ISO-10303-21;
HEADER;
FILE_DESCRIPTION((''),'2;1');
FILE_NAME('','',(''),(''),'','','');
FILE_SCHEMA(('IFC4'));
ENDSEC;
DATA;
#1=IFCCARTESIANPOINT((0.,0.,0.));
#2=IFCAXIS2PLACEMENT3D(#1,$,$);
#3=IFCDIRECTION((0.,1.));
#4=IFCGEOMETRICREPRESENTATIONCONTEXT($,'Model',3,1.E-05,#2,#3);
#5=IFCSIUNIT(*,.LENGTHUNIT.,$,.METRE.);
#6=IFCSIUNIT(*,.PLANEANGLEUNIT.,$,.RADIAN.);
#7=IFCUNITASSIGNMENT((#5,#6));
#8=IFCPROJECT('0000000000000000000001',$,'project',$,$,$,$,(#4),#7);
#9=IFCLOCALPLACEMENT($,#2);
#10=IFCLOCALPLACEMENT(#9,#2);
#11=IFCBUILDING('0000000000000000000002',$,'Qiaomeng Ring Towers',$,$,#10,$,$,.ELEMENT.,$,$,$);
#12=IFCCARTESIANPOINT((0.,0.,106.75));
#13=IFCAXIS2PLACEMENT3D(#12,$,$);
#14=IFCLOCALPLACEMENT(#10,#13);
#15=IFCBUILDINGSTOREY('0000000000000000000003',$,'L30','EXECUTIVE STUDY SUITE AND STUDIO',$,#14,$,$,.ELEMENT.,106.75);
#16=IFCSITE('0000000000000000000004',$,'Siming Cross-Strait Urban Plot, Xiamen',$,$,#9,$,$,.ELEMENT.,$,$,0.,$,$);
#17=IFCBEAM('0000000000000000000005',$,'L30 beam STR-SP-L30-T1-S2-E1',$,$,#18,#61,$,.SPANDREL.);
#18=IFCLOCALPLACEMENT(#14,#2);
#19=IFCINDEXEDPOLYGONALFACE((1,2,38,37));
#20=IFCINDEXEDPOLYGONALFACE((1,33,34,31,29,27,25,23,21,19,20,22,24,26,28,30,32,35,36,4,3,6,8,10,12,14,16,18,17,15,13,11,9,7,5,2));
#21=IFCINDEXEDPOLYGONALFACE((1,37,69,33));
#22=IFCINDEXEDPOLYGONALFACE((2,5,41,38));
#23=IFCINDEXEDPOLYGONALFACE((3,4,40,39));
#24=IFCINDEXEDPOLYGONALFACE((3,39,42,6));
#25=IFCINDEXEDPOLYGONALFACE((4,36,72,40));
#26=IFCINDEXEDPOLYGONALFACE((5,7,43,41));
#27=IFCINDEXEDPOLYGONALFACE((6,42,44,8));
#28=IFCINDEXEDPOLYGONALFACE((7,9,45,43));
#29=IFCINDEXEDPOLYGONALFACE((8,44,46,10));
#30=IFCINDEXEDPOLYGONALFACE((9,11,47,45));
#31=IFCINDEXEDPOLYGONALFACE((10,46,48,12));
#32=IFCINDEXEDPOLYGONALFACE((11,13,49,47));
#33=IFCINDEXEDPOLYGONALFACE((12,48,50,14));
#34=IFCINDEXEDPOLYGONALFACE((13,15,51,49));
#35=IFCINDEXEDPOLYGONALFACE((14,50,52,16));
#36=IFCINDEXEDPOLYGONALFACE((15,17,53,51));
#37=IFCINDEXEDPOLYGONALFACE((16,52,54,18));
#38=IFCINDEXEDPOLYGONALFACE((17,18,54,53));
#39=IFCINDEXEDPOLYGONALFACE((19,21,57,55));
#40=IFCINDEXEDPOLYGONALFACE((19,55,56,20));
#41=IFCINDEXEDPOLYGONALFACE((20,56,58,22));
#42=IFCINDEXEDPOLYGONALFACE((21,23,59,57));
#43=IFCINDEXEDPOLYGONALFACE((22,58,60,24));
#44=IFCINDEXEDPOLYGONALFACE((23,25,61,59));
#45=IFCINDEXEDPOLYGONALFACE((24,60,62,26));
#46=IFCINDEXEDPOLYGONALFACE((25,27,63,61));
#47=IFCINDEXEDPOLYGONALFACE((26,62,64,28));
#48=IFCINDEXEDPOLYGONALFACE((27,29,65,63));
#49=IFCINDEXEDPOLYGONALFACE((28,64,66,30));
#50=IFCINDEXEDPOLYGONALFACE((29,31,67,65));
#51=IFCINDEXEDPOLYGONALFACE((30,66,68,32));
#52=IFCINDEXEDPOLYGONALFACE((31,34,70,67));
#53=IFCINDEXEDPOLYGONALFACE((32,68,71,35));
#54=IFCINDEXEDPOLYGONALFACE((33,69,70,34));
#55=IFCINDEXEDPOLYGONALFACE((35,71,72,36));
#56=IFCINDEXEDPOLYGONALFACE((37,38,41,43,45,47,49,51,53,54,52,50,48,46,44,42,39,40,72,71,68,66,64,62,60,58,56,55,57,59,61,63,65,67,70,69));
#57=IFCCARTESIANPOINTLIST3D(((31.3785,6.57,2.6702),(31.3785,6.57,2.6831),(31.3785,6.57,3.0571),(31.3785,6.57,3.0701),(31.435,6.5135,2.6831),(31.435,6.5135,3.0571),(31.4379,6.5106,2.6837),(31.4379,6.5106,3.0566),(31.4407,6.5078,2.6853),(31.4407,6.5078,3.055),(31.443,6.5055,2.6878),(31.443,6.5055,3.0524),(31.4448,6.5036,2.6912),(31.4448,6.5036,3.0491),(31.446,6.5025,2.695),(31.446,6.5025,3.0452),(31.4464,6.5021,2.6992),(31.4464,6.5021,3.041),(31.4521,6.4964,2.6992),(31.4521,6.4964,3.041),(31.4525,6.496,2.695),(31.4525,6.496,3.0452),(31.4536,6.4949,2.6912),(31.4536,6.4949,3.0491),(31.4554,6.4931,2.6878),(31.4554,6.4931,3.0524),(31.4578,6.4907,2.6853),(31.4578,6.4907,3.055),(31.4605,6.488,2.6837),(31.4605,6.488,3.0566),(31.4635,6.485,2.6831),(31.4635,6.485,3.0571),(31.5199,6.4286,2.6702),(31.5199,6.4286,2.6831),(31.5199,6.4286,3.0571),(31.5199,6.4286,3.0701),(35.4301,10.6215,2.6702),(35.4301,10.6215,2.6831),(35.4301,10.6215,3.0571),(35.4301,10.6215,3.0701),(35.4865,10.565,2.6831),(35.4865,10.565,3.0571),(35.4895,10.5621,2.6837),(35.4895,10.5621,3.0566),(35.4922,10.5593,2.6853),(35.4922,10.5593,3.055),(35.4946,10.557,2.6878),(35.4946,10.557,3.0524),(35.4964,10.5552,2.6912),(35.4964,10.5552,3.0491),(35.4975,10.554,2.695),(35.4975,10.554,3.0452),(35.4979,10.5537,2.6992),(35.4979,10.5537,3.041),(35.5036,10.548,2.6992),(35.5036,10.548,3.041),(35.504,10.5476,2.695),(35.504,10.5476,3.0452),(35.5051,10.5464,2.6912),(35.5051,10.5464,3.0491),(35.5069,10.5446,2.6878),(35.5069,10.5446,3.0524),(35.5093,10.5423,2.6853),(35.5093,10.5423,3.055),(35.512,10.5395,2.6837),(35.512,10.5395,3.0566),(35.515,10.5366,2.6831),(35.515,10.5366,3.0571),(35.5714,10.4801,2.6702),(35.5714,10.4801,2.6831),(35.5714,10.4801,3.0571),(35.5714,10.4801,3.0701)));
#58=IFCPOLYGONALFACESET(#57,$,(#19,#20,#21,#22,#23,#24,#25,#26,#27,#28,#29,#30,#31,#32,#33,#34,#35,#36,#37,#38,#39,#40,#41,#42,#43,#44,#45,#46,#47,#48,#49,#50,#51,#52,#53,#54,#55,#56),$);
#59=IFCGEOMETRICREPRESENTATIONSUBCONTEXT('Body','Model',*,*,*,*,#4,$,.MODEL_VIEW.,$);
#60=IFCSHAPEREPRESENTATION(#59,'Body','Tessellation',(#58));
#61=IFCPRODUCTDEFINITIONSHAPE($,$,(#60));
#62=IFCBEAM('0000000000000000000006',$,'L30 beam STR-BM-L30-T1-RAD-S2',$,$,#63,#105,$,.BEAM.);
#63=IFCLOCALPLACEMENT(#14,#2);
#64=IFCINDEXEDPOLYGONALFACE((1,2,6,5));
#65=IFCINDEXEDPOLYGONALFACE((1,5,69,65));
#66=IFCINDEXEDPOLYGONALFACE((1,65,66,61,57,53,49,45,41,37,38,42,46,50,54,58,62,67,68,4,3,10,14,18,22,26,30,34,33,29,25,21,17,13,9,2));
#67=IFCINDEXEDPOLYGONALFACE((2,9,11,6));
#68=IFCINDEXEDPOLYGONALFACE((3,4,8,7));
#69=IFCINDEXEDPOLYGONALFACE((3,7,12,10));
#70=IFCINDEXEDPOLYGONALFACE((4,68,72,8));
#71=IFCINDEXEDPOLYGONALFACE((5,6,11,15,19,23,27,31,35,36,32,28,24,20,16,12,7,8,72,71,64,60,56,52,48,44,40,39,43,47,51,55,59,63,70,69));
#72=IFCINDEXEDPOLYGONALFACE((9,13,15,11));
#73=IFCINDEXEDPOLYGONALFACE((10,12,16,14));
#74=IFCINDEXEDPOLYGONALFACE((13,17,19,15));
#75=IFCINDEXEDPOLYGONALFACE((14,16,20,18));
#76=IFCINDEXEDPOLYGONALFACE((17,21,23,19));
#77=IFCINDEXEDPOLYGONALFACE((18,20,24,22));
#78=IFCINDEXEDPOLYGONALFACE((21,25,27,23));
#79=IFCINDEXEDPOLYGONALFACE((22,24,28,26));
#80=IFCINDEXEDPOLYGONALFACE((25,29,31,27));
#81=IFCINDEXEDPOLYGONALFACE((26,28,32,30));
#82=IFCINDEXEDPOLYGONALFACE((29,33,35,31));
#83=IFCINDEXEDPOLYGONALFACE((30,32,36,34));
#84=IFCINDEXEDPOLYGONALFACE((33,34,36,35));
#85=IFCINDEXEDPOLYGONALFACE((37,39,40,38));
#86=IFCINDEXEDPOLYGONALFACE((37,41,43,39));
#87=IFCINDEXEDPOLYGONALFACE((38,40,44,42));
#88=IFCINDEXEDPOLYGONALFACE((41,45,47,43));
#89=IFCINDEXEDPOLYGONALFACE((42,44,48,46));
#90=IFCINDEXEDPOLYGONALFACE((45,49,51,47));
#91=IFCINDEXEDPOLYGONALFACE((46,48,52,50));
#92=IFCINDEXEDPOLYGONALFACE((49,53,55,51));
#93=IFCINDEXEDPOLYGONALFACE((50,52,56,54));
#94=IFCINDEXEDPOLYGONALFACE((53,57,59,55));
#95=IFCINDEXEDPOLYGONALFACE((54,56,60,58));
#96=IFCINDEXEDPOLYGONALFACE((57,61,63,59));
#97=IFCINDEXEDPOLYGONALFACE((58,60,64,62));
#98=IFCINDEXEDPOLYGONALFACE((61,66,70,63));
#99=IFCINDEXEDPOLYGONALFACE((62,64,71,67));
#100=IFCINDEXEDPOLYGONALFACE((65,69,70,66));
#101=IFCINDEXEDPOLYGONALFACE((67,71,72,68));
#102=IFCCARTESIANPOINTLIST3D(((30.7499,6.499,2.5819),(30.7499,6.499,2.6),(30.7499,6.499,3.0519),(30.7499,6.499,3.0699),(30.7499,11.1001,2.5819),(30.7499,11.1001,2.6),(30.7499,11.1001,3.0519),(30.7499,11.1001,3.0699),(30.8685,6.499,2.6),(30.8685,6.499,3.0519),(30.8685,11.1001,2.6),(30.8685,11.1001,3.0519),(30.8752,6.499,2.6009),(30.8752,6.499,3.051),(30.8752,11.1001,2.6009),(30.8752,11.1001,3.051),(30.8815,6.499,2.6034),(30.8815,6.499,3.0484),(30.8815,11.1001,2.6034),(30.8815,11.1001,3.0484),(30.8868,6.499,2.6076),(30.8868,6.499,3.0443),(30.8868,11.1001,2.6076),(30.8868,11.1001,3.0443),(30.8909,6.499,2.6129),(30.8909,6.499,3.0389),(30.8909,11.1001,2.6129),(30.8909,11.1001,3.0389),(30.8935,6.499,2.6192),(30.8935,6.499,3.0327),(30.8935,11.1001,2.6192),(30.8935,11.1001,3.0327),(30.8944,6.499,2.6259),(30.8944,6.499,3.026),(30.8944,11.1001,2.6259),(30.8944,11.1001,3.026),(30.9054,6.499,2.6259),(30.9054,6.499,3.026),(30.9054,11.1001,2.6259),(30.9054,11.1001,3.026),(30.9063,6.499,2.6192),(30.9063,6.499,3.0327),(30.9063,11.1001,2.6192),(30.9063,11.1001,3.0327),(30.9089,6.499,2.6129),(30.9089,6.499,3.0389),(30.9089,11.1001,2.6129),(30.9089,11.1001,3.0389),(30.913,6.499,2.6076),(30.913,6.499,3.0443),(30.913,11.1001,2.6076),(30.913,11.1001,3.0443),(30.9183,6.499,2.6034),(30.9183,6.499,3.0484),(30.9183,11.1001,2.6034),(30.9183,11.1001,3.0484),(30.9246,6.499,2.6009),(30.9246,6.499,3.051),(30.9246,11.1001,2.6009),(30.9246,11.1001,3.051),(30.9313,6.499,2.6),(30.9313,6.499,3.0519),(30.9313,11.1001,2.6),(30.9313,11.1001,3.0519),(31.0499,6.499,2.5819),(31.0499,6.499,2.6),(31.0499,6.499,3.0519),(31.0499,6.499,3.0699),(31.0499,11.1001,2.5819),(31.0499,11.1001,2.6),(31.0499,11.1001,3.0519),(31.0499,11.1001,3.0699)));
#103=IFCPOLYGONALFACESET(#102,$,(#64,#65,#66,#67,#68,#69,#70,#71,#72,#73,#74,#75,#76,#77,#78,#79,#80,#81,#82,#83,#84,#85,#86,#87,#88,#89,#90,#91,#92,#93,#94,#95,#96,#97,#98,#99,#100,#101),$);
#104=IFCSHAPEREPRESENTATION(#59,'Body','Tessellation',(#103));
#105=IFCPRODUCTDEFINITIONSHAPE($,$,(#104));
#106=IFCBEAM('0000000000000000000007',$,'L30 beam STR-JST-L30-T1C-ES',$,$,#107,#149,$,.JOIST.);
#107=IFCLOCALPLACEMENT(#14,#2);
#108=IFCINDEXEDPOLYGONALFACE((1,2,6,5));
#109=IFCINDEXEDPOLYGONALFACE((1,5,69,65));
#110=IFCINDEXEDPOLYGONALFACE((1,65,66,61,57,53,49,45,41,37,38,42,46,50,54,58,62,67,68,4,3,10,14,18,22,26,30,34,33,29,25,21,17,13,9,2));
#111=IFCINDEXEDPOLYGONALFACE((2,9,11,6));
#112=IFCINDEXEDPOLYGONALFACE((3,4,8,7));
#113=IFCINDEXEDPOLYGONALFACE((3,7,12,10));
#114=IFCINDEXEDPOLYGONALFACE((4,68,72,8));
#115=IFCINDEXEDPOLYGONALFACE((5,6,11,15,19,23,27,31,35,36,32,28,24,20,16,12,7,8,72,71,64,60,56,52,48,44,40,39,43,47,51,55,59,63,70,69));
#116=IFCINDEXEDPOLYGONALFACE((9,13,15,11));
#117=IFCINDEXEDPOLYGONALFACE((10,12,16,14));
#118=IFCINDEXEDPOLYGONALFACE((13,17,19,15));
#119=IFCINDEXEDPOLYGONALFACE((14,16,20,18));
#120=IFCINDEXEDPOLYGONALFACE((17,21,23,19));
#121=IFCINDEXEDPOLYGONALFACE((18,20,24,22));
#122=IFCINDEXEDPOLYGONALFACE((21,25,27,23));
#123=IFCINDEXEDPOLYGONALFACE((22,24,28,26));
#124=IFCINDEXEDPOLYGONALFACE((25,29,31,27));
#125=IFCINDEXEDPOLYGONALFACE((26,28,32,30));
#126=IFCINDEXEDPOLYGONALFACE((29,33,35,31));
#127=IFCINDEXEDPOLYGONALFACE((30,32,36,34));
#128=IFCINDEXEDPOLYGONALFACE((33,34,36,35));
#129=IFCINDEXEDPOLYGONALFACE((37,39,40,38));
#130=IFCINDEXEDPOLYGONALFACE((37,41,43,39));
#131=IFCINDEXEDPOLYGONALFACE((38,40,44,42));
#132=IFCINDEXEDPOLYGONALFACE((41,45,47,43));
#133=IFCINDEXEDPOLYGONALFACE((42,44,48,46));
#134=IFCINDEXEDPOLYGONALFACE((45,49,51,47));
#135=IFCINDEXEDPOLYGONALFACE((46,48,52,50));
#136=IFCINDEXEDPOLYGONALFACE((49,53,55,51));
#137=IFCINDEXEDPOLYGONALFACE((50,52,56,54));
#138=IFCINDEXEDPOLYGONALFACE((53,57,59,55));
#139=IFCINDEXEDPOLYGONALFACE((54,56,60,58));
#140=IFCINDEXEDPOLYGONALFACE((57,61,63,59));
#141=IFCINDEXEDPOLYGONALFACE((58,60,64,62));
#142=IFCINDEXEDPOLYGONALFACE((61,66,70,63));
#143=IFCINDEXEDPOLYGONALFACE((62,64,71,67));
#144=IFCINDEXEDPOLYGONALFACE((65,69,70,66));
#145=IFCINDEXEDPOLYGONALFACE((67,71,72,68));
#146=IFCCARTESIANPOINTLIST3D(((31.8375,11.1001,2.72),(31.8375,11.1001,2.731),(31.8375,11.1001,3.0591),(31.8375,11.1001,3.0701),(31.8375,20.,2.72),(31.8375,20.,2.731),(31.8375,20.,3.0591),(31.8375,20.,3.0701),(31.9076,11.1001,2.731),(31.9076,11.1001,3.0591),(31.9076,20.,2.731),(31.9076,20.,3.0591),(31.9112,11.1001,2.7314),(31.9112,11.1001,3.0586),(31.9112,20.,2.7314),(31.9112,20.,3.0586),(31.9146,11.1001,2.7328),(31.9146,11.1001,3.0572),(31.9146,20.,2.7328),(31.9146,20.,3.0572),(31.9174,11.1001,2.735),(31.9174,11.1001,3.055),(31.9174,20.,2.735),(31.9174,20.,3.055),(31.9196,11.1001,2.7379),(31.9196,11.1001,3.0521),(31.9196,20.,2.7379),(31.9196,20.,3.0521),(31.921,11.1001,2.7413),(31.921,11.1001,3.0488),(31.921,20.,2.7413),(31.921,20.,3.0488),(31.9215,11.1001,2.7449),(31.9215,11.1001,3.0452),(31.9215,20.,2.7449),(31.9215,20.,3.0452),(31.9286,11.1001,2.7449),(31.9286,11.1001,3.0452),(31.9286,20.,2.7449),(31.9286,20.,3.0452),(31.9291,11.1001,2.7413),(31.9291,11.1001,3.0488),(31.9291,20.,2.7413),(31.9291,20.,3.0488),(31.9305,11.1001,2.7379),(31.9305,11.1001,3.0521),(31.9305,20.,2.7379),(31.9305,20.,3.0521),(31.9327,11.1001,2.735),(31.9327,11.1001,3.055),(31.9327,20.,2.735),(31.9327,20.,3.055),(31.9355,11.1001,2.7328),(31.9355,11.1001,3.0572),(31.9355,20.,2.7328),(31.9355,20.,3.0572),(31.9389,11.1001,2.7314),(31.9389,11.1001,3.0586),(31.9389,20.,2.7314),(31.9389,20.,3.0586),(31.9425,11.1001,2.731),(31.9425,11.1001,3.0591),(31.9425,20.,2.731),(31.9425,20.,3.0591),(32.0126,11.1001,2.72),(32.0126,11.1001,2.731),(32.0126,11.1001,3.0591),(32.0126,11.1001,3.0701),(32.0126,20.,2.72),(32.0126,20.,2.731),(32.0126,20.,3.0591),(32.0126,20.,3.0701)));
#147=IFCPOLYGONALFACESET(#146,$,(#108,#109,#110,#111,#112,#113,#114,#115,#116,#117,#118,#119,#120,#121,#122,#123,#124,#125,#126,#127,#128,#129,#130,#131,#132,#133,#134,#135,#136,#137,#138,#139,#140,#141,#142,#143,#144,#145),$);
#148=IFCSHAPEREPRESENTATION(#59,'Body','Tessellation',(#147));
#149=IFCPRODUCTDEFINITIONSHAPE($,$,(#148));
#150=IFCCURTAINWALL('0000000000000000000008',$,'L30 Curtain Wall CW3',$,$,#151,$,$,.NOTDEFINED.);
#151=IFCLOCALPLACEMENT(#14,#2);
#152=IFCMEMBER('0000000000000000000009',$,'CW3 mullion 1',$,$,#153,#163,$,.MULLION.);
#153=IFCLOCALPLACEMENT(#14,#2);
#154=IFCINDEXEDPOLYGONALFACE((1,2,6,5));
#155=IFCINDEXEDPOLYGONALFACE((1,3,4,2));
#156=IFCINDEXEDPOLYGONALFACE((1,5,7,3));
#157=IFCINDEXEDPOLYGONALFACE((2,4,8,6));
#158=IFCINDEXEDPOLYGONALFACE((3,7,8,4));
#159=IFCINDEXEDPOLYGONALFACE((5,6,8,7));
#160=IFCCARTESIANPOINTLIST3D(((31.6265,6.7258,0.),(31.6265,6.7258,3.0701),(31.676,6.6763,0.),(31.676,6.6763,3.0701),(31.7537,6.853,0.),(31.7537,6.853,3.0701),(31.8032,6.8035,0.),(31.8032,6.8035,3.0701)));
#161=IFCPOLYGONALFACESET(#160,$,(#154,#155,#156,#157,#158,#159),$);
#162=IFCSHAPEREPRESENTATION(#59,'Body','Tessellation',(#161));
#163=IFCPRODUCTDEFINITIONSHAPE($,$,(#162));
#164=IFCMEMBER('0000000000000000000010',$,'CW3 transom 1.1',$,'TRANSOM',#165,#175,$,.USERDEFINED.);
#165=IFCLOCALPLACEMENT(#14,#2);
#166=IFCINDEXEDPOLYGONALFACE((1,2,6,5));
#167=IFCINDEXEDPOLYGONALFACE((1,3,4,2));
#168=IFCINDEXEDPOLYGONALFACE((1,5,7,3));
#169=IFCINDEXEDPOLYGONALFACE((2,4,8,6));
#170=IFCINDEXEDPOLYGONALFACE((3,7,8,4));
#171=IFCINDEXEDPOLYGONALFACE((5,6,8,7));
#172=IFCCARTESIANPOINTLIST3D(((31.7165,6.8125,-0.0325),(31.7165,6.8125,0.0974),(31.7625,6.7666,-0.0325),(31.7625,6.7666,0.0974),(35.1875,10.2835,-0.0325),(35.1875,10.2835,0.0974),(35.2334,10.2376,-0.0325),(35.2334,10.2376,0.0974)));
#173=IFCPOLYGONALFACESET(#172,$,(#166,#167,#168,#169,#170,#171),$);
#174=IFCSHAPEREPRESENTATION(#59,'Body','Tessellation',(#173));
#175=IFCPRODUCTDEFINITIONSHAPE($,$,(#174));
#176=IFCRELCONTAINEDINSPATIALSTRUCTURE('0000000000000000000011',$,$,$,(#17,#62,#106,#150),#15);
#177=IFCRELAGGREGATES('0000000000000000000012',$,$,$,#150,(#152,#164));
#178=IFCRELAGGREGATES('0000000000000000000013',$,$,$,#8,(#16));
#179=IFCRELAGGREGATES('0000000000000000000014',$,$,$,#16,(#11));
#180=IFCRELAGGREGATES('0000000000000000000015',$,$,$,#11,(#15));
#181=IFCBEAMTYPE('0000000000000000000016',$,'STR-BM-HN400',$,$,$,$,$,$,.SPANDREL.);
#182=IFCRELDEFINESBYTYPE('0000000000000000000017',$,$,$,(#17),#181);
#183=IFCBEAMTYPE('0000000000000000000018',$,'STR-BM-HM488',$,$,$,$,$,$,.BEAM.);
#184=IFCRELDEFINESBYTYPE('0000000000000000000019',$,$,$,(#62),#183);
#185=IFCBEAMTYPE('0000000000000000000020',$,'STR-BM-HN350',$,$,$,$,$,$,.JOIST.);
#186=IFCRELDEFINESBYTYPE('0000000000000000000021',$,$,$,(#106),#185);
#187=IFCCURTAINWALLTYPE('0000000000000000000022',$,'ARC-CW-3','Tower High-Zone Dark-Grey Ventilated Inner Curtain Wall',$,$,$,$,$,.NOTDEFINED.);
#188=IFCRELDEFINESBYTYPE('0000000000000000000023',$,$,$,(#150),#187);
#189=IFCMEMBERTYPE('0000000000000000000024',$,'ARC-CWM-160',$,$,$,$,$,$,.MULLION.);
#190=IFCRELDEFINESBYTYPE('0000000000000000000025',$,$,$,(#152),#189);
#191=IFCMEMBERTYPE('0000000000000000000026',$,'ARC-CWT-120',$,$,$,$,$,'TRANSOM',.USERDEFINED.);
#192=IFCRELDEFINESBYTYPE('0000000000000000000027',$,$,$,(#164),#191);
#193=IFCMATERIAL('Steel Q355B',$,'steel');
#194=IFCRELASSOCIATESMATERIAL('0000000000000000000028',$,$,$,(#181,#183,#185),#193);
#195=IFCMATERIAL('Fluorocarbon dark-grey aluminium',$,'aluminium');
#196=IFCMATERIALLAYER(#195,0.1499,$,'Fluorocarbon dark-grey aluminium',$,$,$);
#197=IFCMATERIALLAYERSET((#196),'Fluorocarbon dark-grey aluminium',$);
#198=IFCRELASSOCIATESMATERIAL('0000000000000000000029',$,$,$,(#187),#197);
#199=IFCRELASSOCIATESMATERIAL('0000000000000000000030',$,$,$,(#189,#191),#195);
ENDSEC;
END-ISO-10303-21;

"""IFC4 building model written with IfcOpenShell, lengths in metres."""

from ifc_helpers import new_model, si_unit, direction, frame, origin, origin_2d, place, context, subcontext, project, spatial, rectangle, i_section, extrude, source, transform, mapped, material, layer, layer_set, material_profile, profile_set, type_object, element, aggregate, save


model = new_model("IFC4")

# Units and contexts
model_context = context("Model", 3, precision=1e-05, world=origin(), true_north=direction((0.0, 1.0)))
body_context = subcontext(model_context, "Body", "Model", "MODEL_VIEW")
ifc_project = project(units=[si_unit("LENGTHUNIT", "METRE"), si_unit("PLANEANGLEUNIT", "RADIAN")], contexts=[model_context])

# Site, building, storey
site_placement = place(None, origin())
site = spatial("IfcSite", under=ifc_project, at=site_placement, Name="Siming Cross-Strait Urban Plot, Xiamen", CompositionType="ELEMENT", RefElevation=0.0)
building_placement = place(site_placement, origin())
building = spatial("IfcBuilding", under=site, at=building_placement, Name="Qiaomeng Ring Towers", CompositionType="ELEMENT")
storey_placement = place(building_placement, frame((0.0, 0.0, 106.75)))
storey = spatial("IfcBuildingStorey", under=building, at=storey_placement, Name="L30", Description="EXECUTIVE STUDY SUITE AND STUDIO", CompositionType="ELEMENT", Elevation=106.75)

# Beams
ifc_material_1 = material(Name="Steel Q355B", Category="steel")
ifc_material_profile_1 = material_profile(ifc_material_1, i_section(OverallWidth=0.2, OverallDepth=0.3999, WebThickness=0.0081, FlangeThickness=0.0129, FilletRadius=0.0161, at=origin_2d()), Name="HN 400x200x8x13")
ifc_profile_set_1 = profile_set([ifc_material_profile_1], Name="Steel Q355B")
beam_type_1 = type_object("IfcBeamType", Name="STR-BM-HN400", PredefinedType="SPANDREL", material=ifc_profile_set_1)
shared_shape_1 = source(origin(), body_context, "Body", "SweptSolid", [
    extrude(i_section(OverallWidth=0.2, OverallDepth=0.3999, WebThickness=0.0081, FlangeThickness=0.0129, FilletRadius=0.0161, at=origin_2d()), origin(), (0.0, 0.0, 1.0), 5.7297),
])
beam_1_placement = place(storey_placement, frame((31.4492, 6.4993, 2.8701), z_axis=(0.707107, 0.707107, 0.0), x_axis=(-0.707107, 0.707107, 0.0)))
element("IfcBeam", 1, at=beam_1_placement, inside=storey, type_object=beam_type_1, Name="L30 beam STR-SP-L30-T1-S2-E1", PredefinedType="SPANDREL", context=body_context, shape_type="MappedRepresentation", body=[
    mapped(shared_shape_1, transform((0.0, 0.0, 0.0), x_axis=(1.0, 0.0, 0.0), y_axis=(0.0, 1.0, 0.0), z_axis=(0.0, 0.0, 1.0), scale=1.0)),
])
ifc_material_profile_2 = material_profile(ifc_material_1, i_section(OverallWidth=0.3, OverallDepth=0.488, WebThickness=0.011, FlangeThickness=0.0181, FilletRadius=0.0259, at=origin_2d()), Name="HM 488x300x11x18")
ifc_profile_set_2 = profile_set([ifc_material_profile_2], Name="Steel Q355B")
beam_type_2 = type_object("IfcBeamType", Name="STR-BM-HM488", PredefinedType="BEAM", material=ifc_profile_set_2)
shared_shape_2 = source(origin(), body_context, "Body", "SweptSolid", [
    extrude(i_section(OverallWidth=0.3, OverallDepth=0.488, WebThickness=0.011, FlangeThickness=0.0181, FilletRadius=0.0259, at=origin_2d()), origin(), (0.0, 0.0, 1.0), 4.6011),
])
beam_2_placement = place(storey_placement, frame((30.8999, 6.499, 2.8259), z_axis=(0.0, 1.0, 0.0), x_axis=(-1.0, 0.0, 0.0)))
element("IfcBeam", 2, at=beam_2_placement, inside=storey, type_object=beam_type_2, Name="L30 beam STR-BM-L30-T1-RAD-S2", PredefinedType="BEAM", context=body_context, shape_type="MappedRepresentation", body=[
    mapped(shared_shape_2, transform((0.0, 0.0, 0.0), x_axis=(1.0, 0.0, 0.0), y_axis=(0.0, 1.0, 0.0), z_axis=(0.0, 0.0, 1.0), scale=1.0)),
])
ifc_material_profile_3 = material_profile(ifc_material_1, i_section(OverallWidth=0.175, OverallDepth=0.3501, WebThickness=0.0071, FlangeThickness=0.011, FilletRadius=0.0139, at=origin_2d()), Name="HN 350x175x7x11")
ifc_profile_set_3 = profile_set([ifc_material_profile_3], Name="Steel Q355B")
beam_type_3 = type_object("IfcBeamType", Name="STR-BM-HN350", PredefinedType="JOIST", material=ifc_profile_set_3)
shared_shape_3 = source(origin(), body_context, "Body", "SweptSolid", [
    extrude(i_section(OverallWidth=0.175, OverallDepth=0.3501, WebThickness=0.0071, FlangeThickness=0.011, FilletRadius=0.0139, at=origin_2d()), origin(), (0.0, 0.0, 1.0), 8.8999),
])
beam_3_placement = place(storey_placement, frame((31.925, 11.1001, 2.895), z_axis=(0.0, 1.0, 0.0), x_axis=(-1.0, 0.0, 0.0)))
element("IfcBeam", 3, at=beam_3_placement, inside=storey, type_object=beam_type_3, Name="L30 beam STR-JST-L30-T1C-ES", PredefinedType="JOIST", context=body_context, shape_type="MappedRepresentation", body=[
    mapped(shared_shape_3, transform((0.0, 0.0, 0.0), x_axis=(1.0, 0.0, 0.0), y_axis=(0.0, 1.0, 0.0), z_axis=(0.0, 0.0, 1.0), scale=1.0)),
])

# Curtain wall, members
ifc_material_2 = material(Name="Fluorocarbon dark-grey aluminium", Category="aluminium")
ifc_layer_1 = layer(ifc_material_2, 0.1499, Name="Fluorocarbon dark-grey aluminium")
ifc_layer_set_1 = layer_set([ifc_layer_1], Name="Fluorocarbon dark-grey aluminium")
curtain_wall_type = type_object("IfcCurtainWallType", Name="ARC-CW-3", Description="Tower High-Zone Dark-Grey Ventilated Inner Curtain Wall", PredefinedType="NOTDEFINED", material=ifc_layer_set_1)
curtain_wall_placement = place(storey_placement, origin())
curtain_wall = element("IfcCurtainWall", 4, at=curtain_wall_placement, inside=storey, type_object=curtain_wall_type, Name="L30 Curtain Wall CW3", PredefinedType="NOTDEFINED")
ifc_material_profile_4 = material_profile(ifc_material_2, rectangle(XDim=0.0701, YDim=0.1799, at=origin_2d()), Name="ALU MULL 70x180")
ifc_profile_set_4 = profile_set([ifc_material_profile_4], Name="Fluorocarbon dark-grey aluminium")
member_type_1 = type_object("IfcMemberType", Name="ARC-CWM-160", PredefinedType="MULLION", material=ifc_profile_set_4)
shared_shape_4 = source(origin(), body_context, "Body", "SweptSolid", [
    extrude(rectangle(XDim=0.0701, YDim=0.1799, at=origin_2d()), origin(), (0.0, 0.0, 1.0), 3.0701),
])
member_1_placement = place(storey_placement, frame((31.7148, 6.7646, 0.0), z_axis=(0.0, 0.0, 1.0), x_axis=(-0.707107, 0.707107, 0.0)))
member_1 = element("IfcMember", 5, at=member_1_placement, type_object=member_type_1, Name="CW3 mullion 1", PredefinedType="MULLION", context=body_context, shape_type="MappedRepresentation", body=[
    mapped(shared_shape_4, transform((0.0, 0.0, 0.0), x_axis=(1.0, 0.0, 0.0), y_axis=(0.0, 1.0, 0.0), z_axis=(0.0, 0.0, 1.0), scale=1.0)),
])
ifc_material_profile_5 = material_profile(ifc_material_2, rectangle(XDim=0.0649, YDim=0.1299, at=origin_2d()), Name="ALU TRAN 65x130")
ifc_profile_set_5 = profile_set([ifc_material_profile_5], Name="Fluorocarbon dark-grey aluminium")
member_type_2 = type_object("IfcMemberType", Name="ARC-CWT-120", ElementType="TRANSOM", PredefinedType="USERDEFINED", material=ifc_profile_set_5)
shared_shape_5 = source(origin(), body_context, "Body", "SweptSolid", [
    extrude(rectangle(XDim=0.0649, YDim=0.1299, at=origin_2d()), origin(), (0.0, 0.0, 1.0), 4.9087),
])
member_2_placement = place(storey_placement, frame((31.7395, 6.7896, 0.0325), z_axis=(0.707107, 0.707107, 0.0), x_axis=(-0.707107, 0.707107, 0.0)))
member_2 = element("IfcMember", 6, at=member_2_placement, type_object=member_type_2, Name="CW3 transom 1.1", ObjectType="TRANSOM", PredefinedType="USERDEFINED", context=body_context, shape_type="MappedRepresentation", body=[
    mapped(shared_shape_5, transform((0.0, 0.0, 0.0), x_axis=(1.0, 0.0, 0.0), y_axis=(0.0, 1.0, 0.0), z_axis=(0.0, 0.0, 1.0), scale=1.0)),
])
aggregate(curtain_wall, [member_1, member_2])

save(model, "model.ifc")
